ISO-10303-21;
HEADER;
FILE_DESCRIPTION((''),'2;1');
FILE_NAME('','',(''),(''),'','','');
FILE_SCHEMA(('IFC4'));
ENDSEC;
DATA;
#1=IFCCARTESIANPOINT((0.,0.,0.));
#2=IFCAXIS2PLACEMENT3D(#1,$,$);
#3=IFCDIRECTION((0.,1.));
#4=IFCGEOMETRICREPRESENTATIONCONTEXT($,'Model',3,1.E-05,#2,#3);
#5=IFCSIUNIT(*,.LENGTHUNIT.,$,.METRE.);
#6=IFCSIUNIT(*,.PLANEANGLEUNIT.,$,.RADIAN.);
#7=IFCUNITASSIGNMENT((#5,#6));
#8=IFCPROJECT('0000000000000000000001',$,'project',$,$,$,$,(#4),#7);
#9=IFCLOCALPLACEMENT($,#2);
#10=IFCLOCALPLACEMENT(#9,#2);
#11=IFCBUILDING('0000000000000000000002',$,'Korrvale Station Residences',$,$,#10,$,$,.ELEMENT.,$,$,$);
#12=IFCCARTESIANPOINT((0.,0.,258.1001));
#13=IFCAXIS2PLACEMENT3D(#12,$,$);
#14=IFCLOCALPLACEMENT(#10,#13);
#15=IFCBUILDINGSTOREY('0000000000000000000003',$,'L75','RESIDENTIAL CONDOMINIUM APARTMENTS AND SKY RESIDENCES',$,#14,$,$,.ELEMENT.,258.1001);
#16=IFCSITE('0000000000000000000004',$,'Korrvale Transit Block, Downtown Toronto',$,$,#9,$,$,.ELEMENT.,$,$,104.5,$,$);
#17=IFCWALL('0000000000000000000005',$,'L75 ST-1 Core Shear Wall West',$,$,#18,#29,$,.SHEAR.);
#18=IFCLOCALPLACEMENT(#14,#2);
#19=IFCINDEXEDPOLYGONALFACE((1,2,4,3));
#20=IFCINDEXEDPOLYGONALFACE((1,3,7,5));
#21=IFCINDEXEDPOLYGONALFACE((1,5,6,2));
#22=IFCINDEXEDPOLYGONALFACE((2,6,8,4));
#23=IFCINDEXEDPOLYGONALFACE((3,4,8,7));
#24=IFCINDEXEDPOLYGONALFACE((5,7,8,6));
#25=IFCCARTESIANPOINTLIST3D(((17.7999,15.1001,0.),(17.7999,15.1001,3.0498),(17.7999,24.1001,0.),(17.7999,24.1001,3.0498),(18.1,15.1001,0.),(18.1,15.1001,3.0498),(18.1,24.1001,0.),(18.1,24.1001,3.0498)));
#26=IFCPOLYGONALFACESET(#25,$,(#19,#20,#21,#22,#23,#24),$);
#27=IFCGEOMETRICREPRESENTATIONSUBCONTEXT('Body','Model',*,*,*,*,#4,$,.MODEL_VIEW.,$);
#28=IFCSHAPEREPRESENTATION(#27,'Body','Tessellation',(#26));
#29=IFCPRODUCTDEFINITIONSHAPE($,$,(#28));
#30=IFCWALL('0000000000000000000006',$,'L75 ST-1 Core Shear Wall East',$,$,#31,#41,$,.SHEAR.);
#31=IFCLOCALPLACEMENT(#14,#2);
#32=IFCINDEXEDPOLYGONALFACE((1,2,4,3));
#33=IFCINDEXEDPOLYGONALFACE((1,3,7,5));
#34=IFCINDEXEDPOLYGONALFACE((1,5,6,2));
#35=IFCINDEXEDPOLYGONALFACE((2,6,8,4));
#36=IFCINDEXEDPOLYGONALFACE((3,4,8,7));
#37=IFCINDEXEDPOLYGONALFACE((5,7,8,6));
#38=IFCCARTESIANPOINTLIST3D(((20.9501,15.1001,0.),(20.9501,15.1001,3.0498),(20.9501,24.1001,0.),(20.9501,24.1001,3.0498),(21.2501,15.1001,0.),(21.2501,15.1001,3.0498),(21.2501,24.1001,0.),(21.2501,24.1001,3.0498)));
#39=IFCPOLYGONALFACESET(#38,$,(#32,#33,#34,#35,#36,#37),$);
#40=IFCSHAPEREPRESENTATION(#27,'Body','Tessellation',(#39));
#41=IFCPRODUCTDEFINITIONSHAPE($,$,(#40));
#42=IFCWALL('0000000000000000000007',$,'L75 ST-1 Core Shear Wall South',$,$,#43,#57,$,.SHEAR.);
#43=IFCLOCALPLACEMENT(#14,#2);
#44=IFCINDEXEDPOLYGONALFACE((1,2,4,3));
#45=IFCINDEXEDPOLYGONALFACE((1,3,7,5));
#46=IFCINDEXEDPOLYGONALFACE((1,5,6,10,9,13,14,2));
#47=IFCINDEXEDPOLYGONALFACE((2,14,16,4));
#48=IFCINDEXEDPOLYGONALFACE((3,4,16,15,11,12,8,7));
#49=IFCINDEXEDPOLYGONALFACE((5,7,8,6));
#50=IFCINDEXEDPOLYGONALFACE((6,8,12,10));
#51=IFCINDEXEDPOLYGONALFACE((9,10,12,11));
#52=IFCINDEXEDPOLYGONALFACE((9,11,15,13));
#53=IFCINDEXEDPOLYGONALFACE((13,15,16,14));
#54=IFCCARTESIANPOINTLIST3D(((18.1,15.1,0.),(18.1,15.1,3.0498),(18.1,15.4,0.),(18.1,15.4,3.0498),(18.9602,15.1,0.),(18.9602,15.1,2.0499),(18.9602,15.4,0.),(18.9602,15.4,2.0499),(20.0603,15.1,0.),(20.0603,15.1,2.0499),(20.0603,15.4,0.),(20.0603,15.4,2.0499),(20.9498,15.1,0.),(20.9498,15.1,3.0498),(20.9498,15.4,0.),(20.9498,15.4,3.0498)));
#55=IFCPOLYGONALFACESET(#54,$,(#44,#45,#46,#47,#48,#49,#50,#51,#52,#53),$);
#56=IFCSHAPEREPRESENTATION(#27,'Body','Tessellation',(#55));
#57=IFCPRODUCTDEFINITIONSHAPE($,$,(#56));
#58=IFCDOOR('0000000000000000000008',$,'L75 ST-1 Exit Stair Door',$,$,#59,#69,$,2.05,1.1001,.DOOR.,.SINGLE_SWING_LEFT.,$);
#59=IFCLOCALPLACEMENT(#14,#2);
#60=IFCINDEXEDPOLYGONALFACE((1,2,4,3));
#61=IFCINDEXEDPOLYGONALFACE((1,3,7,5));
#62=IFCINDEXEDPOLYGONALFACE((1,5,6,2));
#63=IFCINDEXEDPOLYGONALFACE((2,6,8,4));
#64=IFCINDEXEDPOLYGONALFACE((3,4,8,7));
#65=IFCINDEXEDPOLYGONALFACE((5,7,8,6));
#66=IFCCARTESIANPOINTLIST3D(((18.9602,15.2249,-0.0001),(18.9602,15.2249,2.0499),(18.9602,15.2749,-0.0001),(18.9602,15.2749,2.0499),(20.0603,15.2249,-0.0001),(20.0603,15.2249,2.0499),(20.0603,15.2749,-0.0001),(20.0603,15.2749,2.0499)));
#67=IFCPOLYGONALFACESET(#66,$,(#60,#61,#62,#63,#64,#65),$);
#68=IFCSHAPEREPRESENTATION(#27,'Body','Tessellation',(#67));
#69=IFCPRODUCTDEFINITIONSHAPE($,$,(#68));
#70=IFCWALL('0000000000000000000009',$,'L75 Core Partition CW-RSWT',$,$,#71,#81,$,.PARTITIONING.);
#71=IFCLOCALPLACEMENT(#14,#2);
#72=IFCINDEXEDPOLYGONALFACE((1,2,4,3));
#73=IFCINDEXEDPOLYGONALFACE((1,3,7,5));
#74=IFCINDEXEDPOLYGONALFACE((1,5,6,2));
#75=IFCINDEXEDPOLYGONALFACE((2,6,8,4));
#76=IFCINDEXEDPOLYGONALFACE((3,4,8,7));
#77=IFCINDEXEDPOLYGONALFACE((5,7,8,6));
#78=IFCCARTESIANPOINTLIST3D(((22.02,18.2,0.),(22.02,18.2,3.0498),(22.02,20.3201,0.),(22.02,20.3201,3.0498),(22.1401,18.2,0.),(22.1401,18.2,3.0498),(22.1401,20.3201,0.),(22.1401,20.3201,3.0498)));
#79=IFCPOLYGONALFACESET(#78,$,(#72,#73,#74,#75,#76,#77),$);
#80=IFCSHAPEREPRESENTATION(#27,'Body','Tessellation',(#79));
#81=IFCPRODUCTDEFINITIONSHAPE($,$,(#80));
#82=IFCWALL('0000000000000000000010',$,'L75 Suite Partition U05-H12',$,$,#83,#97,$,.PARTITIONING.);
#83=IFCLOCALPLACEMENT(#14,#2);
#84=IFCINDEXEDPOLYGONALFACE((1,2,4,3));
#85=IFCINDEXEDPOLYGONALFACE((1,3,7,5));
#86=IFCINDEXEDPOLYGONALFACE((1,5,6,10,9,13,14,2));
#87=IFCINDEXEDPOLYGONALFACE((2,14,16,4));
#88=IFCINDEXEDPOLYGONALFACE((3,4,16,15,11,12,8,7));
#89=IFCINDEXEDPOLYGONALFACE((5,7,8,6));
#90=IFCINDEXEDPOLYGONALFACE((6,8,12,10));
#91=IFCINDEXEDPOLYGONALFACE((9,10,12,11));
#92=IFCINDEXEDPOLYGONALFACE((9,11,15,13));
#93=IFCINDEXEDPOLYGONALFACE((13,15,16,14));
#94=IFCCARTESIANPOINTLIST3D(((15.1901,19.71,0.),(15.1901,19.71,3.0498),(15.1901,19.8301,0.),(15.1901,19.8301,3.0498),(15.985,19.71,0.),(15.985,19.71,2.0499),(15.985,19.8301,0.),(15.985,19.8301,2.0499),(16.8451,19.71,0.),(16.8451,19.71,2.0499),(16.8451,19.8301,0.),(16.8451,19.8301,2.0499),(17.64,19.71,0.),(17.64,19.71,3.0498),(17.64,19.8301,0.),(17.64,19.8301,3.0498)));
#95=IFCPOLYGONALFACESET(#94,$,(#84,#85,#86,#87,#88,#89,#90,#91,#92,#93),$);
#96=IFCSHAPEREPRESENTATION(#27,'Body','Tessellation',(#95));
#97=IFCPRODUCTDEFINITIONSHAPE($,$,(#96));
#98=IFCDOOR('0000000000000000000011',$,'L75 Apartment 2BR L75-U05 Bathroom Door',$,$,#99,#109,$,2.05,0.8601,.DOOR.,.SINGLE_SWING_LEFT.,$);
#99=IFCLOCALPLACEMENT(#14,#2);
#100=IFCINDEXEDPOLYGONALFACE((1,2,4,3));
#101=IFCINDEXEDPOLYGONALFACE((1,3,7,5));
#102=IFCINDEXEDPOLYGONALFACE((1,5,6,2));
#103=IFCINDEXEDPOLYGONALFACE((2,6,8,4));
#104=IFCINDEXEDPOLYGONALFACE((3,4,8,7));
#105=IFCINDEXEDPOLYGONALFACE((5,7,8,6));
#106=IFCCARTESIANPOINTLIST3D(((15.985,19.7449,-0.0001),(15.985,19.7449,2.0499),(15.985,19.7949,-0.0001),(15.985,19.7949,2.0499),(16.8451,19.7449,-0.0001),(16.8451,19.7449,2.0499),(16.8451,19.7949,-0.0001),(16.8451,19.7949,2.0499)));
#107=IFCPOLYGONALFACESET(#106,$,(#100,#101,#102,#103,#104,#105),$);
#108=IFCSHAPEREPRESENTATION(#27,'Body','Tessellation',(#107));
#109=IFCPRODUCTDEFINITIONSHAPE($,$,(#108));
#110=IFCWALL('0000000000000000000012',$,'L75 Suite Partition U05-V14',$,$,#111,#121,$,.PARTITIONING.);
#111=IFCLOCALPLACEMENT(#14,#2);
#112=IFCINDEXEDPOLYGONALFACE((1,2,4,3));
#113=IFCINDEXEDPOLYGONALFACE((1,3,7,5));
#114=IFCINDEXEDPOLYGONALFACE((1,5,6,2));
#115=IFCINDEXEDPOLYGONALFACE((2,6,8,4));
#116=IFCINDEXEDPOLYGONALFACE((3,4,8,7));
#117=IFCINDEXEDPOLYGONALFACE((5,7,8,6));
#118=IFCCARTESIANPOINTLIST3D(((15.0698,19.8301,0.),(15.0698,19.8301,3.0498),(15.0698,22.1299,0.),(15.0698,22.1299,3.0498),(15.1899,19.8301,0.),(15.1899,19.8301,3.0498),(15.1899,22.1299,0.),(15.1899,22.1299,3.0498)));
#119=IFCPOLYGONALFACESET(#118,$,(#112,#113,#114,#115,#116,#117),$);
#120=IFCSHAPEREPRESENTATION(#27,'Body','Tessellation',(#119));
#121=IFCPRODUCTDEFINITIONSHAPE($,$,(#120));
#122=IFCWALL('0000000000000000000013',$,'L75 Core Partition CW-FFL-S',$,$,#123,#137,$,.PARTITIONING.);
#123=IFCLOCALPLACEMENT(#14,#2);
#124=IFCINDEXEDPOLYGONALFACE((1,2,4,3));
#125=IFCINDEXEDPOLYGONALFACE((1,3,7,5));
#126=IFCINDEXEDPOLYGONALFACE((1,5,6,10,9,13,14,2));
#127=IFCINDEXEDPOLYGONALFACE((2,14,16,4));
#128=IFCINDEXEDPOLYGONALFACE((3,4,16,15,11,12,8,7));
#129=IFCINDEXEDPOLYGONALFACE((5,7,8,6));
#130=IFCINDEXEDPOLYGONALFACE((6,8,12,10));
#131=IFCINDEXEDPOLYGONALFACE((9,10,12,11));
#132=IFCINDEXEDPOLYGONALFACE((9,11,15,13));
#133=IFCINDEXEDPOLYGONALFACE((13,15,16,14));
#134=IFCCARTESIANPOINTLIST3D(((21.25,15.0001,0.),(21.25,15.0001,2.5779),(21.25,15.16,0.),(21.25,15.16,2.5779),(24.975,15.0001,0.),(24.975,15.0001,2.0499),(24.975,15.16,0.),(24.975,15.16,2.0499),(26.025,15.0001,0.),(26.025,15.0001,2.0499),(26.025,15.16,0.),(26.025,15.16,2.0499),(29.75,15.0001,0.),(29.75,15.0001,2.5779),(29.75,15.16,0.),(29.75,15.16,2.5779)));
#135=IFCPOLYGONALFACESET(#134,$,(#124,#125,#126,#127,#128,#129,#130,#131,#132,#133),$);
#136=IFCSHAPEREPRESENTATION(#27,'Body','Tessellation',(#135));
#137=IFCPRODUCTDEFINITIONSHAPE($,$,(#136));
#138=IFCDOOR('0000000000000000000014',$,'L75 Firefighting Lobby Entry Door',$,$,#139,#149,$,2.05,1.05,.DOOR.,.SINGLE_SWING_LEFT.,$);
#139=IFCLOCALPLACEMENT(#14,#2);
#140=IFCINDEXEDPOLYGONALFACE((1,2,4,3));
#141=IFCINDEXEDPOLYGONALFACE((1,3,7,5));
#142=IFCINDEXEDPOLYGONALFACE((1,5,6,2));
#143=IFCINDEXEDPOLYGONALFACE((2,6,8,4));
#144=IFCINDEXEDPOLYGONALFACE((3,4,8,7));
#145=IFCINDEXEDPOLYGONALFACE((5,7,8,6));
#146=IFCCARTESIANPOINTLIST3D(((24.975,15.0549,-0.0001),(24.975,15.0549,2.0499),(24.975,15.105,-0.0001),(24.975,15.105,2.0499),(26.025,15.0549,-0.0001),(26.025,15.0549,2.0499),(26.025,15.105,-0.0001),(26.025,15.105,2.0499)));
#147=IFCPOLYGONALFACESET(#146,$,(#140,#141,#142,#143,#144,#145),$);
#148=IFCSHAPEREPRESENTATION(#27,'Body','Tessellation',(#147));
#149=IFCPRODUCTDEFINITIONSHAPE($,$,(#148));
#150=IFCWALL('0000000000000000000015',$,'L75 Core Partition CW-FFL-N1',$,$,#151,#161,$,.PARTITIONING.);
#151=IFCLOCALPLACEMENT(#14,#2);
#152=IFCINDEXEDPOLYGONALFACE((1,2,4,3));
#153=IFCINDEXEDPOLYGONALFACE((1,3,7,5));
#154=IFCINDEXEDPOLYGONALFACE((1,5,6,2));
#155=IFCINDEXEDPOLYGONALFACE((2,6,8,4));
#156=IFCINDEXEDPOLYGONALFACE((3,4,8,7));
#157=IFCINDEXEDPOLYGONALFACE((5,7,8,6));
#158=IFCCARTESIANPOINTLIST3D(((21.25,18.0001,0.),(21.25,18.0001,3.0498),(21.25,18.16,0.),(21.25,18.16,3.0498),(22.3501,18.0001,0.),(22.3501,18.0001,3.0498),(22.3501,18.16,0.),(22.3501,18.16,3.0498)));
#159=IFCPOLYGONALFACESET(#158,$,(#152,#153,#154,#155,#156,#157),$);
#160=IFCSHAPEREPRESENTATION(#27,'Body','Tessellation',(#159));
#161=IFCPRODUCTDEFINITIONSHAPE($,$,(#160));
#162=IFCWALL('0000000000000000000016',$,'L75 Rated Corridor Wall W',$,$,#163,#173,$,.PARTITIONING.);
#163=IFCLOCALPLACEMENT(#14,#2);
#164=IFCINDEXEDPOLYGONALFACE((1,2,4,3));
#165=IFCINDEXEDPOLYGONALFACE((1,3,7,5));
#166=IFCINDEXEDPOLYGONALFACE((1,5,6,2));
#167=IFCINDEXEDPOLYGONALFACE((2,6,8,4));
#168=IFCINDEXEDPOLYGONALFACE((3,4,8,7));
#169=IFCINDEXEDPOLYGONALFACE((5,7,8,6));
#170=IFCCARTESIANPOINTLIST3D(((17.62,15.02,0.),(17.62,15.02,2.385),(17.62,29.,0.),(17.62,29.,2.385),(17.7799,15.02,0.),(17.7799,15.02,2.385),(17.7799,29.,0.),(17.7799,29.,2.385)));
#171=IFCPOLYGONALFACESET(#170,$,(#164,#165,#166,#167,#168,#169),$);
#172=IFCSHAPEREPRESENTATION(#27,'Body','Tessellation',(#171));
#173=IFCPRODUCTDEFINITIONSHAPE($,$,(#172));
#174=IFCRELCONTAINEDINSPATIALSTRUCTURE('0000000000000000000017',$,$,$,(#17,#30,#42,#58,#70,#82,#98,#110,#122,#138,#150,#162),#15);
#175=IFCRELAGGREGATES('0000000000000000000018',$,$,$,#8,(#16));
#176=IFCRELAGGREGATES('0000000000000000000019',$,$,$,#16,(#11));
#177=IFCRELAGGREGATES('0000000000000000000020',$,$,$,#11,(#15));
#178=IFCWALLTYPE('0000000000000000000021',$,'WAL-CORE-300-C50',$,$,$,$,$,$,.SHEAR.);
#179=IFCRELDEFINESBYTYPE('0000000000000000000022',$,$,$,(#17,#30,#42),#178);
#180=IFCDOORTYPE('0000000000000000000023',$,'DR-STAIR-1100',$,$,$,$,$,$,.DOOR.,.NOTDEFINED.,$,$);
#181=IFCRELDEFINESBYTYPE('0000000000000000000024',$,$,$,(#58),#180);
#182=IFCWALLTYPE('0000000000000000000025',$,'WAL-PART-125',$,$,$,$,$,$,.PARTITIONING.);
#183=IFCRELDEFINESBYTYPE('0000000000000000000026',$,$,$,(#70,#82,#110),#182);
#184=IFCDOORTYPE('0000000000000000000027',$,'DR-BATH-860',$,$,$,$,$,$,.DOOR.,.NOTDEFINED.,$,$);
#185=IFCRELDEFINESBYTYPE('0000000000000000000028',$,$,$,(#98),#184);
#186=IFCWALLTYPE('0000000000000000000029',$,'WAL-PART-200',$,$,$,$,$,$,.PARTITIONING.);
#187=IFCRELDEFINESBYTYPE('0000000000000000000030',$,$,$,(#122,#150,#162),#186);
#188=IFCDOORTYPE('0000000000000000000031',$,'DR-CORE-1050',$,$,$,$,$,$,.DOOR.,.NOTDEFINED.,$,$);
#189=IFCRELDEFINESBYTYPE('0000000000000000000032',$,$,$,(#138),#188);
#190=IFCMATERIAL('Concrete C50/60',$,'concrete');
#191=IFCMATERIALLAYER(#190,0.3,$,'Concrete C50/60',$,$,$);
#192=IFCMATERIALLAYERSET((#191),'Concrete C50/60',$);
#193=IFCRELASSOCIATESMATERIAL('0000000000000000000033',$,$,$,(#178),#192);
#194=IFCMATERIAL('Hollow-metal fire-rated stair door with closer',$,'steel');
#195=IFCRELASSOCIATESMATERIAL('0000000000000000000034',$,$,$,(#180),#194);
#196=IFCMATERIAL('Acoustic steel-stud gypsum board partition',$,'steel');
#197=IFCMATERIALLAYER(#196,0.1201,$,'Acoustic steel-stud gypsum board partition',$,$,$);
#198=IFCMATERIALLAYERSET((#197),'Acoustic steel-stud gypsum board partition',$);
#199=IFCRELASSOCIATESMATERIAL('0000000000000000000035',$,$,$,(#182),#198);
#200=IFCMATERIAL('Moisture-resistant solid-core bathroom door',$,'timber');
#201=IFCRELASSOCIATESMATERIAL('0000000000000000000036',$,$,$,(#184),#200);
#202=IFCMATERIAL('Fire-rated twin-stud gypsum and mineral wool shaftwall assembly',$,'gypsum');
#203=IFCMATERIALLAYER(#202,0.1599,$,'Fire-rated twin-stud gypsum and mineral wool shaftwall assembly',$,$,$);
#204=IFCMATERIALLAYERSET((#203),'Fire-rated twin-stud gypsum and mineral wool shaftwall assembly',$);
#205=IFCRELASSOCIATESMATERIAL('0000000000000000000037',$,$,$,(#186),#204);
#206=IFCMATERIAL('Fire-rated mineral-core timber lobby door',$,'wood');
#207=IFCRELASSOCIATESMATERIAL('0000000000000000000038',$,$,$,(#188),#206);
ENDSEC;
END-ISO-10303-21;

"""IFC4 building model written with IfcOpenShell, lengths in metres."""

from ifc_helpers import new_model, si_unit, direction, frame, frame_2d, origin, place, context, subcontext, project, spatial, rectangle, extrude, material, layer, layer_set, type_object, element, fill, save


model = new_model("IFC4")

# Units and contexts
model_context = context("Model", 3, precision=1e-05, world=origin(), true_north=direction((0.0, 1.0)))
body_context = subcontext(model_context, "Body", "Model", "MODEL_VIEW")
ifc_project = project(units=[si_unit("LENGTHUNIT", "METRE"), si_unit("PLANEANGLEUNIT", "RADIAN")], contexts=[model_context])

# Site, building, storey
site_placement = place(None, origin())
site = spatial("IfcSite", under=ifc_project, at=site_placement, Name="Korrvale Transit Block, Downtown Toronto", CompositionType="ELEMENT", RefElevation=104.5)
building_placement = place(site_placement, origin())
building = spatial("IfcBuilding", under=site, at=building_placement, Name="Korrvale Station Residences", CompositionType="ELEMENT")
storey_placement = place(building_placement, frame((0.0, 0.0, 258.1001)))
storey = spatial("IfcBuildingStorey", under=building, at=storey_placement, Name="L75", Description="RESIDENTIAL CONDOMINIUM APARTMENTS AND SKY RESIDENCES", CompositionType="ELEMENT", Elevation=258.1001)

# Walls
ifc_material_1 = material(Name="Concrete C50/60", Category="concrete")
ifc_layer_1 = layer(ifc_material_1, 0.3, Name="Concrete C50/60")
ifc_layer_set_1 = layer_set([ifc_layer_1], Name="Concrete C50/60")
wall_type_1 = type_object("IfcWallType", Name="WAL-CORE-300-C50", PredefinedType="SHEAR", material=ifc_layer_set_1)
for number, where, z_axis, x_axis, name in (
    (1, (17.95, 15.1001, 0.0), (0.0, 0.0, 1.0), (0.0, 1.0, 0.0), "L75 ST-1 Core Shear Wall West"),
    (2, (21.1001, 15.1001, 0.0), (0.0, 0.0, 1.0), (0.0, 1.0, 0.0), "L75 ST-1 Core Shear Wall East"),
):
    element("IfcWall", number, at=place(storey_placement, frame(where, z_axis=z_axis, x_axis=x_axis)), inside=storey, type_object=wall_type_1, Name=name, PredefinedType="SHEAR", context=body_context, shape_type="SweptSolid", body=[
        extrude(rectangle(XDim=9.0, YDim=0.3, at=frame_2d((4.5, 0.0))), origin(), (0.0, 0.0, 1.0), 3.0498),
    ])

# Wall, opening, door
wall_1_placement = place(storey_placement, frame((18.1001, 15.25, 0.0), z_axis=(0.0, 0.0, 1.0), x_axis=(1.0, 0.0, 0.0)))
wall_1 = element("IfcWall", 3, at=wall_1_placement, inside=storey, type_object=wall_type_1, Name="L75 ST-1 Core Shear Wall South", PredefinedType="SHEAR", context=body_context, shape_type="SweptSolid", body=[
    extrude(rectangle(XDim=2.8499, YDim=0.3, at=frame_2d((1.4248, 0.0))), origin(), (0.0, 0.0, 1.0), 3.0498),
])
opening_1_placement = place(wall_1_placement, frame((0.8601, 0.0, 0.0)))
opening_1 = element("IfcOpeningElement", 4, at=opening_1_placement, cuts=wall_1, PredefinedType="OPENING", context=body_context, shape_type="SweptSolid", body=[
    extrude(rectangle(XDim=1.1001, YDim=2.05, at=frame_2d((0.55, 1.0249))), frame((0.0, 0.1602, 0.0), z_axis=(0.0, -1.0, 0.0), x_axis=(1.0, 0.0, 0.0)), (0.0, 0.0, 1.0), 0.3201),
])
ifc_material_2 = material(Name="Hollow-metal fire-rated stair door with closer", Category="steel")
door_type_1 = type_object("IfcDoorType", Name="DR-STAIR-1100", OperationType="NOTDEFINED", PredefinedType="DOOR", material=ifc_material_2)
door_1_placement = place(opening_1_placement, origin())
door_1 = element("IfcDoor", 5, at=door_1_placement, inside=storey, type_object=door_type_1, Name="L75 ST-1 Exit Stair Door", OperationType="SINGLE_SWING_LEFT", OverallHeight=2.05, OverallWidth=1.1001, PredefinedType="DOOR", context=body_context, shape_type="SweptSolid", body=[
    extrude(rectangle(XDim=1.1001, YDim=2.05, at=frame_2d((0.55, 1.0249))), frame((0.0, 0.0249, 0.0), z_axis=(0.0, -1.0, 0.0), x_axis=(1.0, 0.0, 0.0)), (0.0, 0.0, 1.0), 0.05),
])
fill(opening_1, door_1)

# Wall
ifc_material_3 = material(Name="Acoustic steel-stud gypsum board partition", Category="steel")
ifc_layer_2 = layer(ifc_material_3, 0.1201, Name="Acoustic steel-stud gypsum board partition")
ifc_layer_set_2 = layer_set([ifc_layer_2], Name="Acoustic steel-stud gypsum board partition")
wall_type_2 = type_object("IfcWallType", Name="WAL-PART-125", PredefinedType="PARTITIONING", material=ifc_layer_set_2)
wall_2_placement = place(storey_placement, frame((22.0801, 18.2, 0.0), z_axis=(0.0, 0.0, 1.0), x_axis=(0.0, 1.0, 0.0)))
element("IfcWall", 6, at=wall_2_placement, inside=storey, type_object=wall_type_2, Name="L75 Core Partition CW-RSWT", PredefinedType="PARTITIONING", context=body_context, shape_type="SweptSolid", body=[
    extrude(rectangle(XDim=2.1201, YDim=0.1201, at=frame_2d((1.0601, 0.0))), origin(), (0.0, 0.0, 1.0), 3.0498),
])

# Wall, opening, door
wall_3_placement = place(storey_placement, frame((15.1899, 19.77, 0.0), z_axis=(0.0, 0.0, 1.0), x_axis=(1.0, 0.0, 0.0)))
wall_3 = element("IfcWall", 7, at=wall_3_placement, inside=storey, type_object=wall_type_2, Name="L75 Suite Partition U05-H12", PredefinedType="PARTITIONING", context=body_context, shape_type="SweptSolid", body=[
    extrude(rectangle(XDim=2.45, YDim=0.1201, at=frame_2d((1.2251, 0.0))), origin(), (0.0, 0.0, 1.0), 3.0498),
])
opening_2_placement = place(wall_3_placement, frame((0.7949, 0.0, 0.0)))
opening_2 = element("IfcOpeningElement", 8, at=opening_2_placement, cuts=wall_3, PredefinedType="OPENING", context=body_context, shape_type="SweptSolid", body=[
    extrude(rectangle(XDim=0.8601, YDim=2.05, at=frame_2d((0.4302, 1.0249))), frame((0.0, 0.0701, 0.0), z_axis=(0.0, -1.0, 0.0), x_axis=(1.0, 0.0, 0.0)), (0.0, 0.0, 1.0), 0.1401),
])
ifc_material_4 = material(Name="Moisture-resistant solid-core bathroom door", Category="timber")
door_type_2 = type_object("IfcDoorType", Name="DR-BATH-860", OperationType="NOTDEFINED", PredefinedType="DOOR", material=ifc_material_4)
door_2_placement = place(opening_2_placement, origin())
door_2 = element("IfcDoor", 9, at=door_2_placement, inside=storey, type_object=door_type_2, Name="L75 Apartment 2BR L75-U05 Bathroom Door", OperationType="SINGLE_SWING_LEFT", OverallHeight=2.05, OverallWidth=0.8601, PredefinedType="DOOR", context=body_context, shape_type="SweptSolid", body=[
    extrude(rectangle(XDim=0.8601, YDim=2.05, at=frame_2d((0.4302, 1.0249))), frame((0.0, 0.0249, 0.0), z_axis=(0.0, -1.0, 0.0), x_axis=(1.0, 0.0, 0.0)), (0.0, 0.0, 1.0), 0.05),
])
fill(opening_2, door_2)

# Wall
wall_4_placement = place(storey_placement, frame((15.1299, 19.8301, 0.0), z_axis=(0.0, 0.0, 1.0), x_axis=(0.0, 1.0, 0.0)))
element("IfcWall", 10, at=wall_4_placement, inside=storey, type_object=wall_type_2, Name="L75 Suite Partition U05-V14", PredefinedType="PARTITIONING", context=body_context, shape_type="SweptSolid", body=[
    extrude(rectangle(XDim=2.2998, YDim=0.1201, at=frame_2d((1.1499, 0.0))), origin(), (0.0, 0.0, 1.0), 3.0498),
])

# Wall, opening, door
ifc_material_5 = material(Name="Fire-rated twin-stud gypsum and mineral wool shaftwall assembly", Category="gypsum")
ifc_layer_3 = layer(ifc_material_5, 0.1599, Name="Fire-rated twin-stud gypsum and mineral wool shaftwall assembly")
ifc_layer_set_3 = layer_set([ifc_layer_3], Name="Fire-rated twin-stud gypsum and mineral wool shaftwall assembly")
wall_type_3 = type_object("IfcWallType", Name="WAL-PART-200", PredefinedType="PARTITIONING", material=ifc_layer_set_3)
wall_5_placement = place(storey_placement, frame((21.25, 15.0801, 0.0), z_axis=(0.0, 0.0, 1.0), x_axis=(1.0, 0.0, 0.0)))
wall_5 = element("IfcWall", 11, at=wall_5_placement, inside=storey, type_object=wall_type_3, Name="L75 Core Partition CW-FFL-S", PredefinedType="PARTITIONING", context=body_context, shape_type="SweptSolid", body=[
    extrude(rectangle(XDim=8.5, YDim=0.1599, at=frame_2d((4.25, 0.0))), origin(), (0.0, 0.0, 1.0), 2.5779),
])
opening_3_placement = place(wall_5_placement, frame((3.7251, 0.0, 0.0)))
opening_3 = element("IfcOpeningElement", 12, at=opening_3_placement, cuts=wall_5, PredefinedType="OPENING", context=body_context, shape_type="SweptSolid", body=[
    extrude(rectangle(XDim=1.05, YDim=2.05, at=frame_2d((0.5249, 1.0249))), frame((0.0, 0.0898, 0.0), z_axis=(0.0, -1.0, 0.0), x_axis=(1.0, 0.0, 0.0)), (0.0, 0.0, 1.0), 0.1799),
])
ifc_material_6 = material(Name="Fire-rated mineral-core timber lobby door", Category="wood")
door_type_3 = type_object("IfcDoorType", Name="DR-CORE-1050", OperationType="NOTDEFINED", PredefinedType="DOOR", material=ifc_material_6)
door_3_placement = place(opening_3_placement, origin())
door_3 = element("IfcDoor", 13, at=door_3_placement, inside=storey, type_object=door_type_3, Name="L75 Firefighting Lobby Entry Door", OperationType="SINGLE_SWING_LEFT", OverallHeight=2.05, OverallWidth=1.05, PredefinedType="DOOR", context=body_context, shape_type="SweptSolid", body=[
    extrude(rectangle(XDim=1.05, YDim=2.05, at=frame_2d((0.5249, 1.0249))), frame((0.0, 0.0249, 0.0), z_axis=(0.0, -1.0, 0.0), x_axis=(1.0, 0.0, 0.0)), (0.0, 0.0, 1.0), 0.05),
])
fill(opening_3, door_3)

# Walls
wall_6_placement = place(storey_placement, frame((21.25, 18.0801, 0.0), z_axis=(0.0, 0.0, 1.0), x_axis=(1.0, 0.0, 0.0)))
element("IfcWall", 14, at=wall_6_placement, inside=storey, type_object=wall_type_3, Name="L75 Core Partition CW-FFL-N1", PredefinedType="PARTITIONING", context=body_context, shape_type="SweptSolid", body=[
    extrude(rectangle(XDim=1.1001, YDim=0.1599, at=frame_2d((0.55, 0.0))), origin(), (0.0, 0.0, 1.0), 3.0498),
])
wall_7_placement = place(storey_placement, frame((17.7, 15.02, 0.0), z_axis=(0.0, 0.0, 1.0), x_axis=(0.0, 1.0, 0.0)))
element("IfcWall", 15, at=wall_7_placement, inside=storey, type_object=wall_type_3, Name="L75 Rated Corridor Wall W", PredefinedType="PARTITIONING", context=body_context, shape_type="SweptSolid", body=[
    extrude(rectangle(XDim=13.98, YDim=0.1599, at=frame_2d((6.99, 0.0))), origin(), (0.0, 0.0, 1.0), 2.385),
])

save(model, "model.ifc")
